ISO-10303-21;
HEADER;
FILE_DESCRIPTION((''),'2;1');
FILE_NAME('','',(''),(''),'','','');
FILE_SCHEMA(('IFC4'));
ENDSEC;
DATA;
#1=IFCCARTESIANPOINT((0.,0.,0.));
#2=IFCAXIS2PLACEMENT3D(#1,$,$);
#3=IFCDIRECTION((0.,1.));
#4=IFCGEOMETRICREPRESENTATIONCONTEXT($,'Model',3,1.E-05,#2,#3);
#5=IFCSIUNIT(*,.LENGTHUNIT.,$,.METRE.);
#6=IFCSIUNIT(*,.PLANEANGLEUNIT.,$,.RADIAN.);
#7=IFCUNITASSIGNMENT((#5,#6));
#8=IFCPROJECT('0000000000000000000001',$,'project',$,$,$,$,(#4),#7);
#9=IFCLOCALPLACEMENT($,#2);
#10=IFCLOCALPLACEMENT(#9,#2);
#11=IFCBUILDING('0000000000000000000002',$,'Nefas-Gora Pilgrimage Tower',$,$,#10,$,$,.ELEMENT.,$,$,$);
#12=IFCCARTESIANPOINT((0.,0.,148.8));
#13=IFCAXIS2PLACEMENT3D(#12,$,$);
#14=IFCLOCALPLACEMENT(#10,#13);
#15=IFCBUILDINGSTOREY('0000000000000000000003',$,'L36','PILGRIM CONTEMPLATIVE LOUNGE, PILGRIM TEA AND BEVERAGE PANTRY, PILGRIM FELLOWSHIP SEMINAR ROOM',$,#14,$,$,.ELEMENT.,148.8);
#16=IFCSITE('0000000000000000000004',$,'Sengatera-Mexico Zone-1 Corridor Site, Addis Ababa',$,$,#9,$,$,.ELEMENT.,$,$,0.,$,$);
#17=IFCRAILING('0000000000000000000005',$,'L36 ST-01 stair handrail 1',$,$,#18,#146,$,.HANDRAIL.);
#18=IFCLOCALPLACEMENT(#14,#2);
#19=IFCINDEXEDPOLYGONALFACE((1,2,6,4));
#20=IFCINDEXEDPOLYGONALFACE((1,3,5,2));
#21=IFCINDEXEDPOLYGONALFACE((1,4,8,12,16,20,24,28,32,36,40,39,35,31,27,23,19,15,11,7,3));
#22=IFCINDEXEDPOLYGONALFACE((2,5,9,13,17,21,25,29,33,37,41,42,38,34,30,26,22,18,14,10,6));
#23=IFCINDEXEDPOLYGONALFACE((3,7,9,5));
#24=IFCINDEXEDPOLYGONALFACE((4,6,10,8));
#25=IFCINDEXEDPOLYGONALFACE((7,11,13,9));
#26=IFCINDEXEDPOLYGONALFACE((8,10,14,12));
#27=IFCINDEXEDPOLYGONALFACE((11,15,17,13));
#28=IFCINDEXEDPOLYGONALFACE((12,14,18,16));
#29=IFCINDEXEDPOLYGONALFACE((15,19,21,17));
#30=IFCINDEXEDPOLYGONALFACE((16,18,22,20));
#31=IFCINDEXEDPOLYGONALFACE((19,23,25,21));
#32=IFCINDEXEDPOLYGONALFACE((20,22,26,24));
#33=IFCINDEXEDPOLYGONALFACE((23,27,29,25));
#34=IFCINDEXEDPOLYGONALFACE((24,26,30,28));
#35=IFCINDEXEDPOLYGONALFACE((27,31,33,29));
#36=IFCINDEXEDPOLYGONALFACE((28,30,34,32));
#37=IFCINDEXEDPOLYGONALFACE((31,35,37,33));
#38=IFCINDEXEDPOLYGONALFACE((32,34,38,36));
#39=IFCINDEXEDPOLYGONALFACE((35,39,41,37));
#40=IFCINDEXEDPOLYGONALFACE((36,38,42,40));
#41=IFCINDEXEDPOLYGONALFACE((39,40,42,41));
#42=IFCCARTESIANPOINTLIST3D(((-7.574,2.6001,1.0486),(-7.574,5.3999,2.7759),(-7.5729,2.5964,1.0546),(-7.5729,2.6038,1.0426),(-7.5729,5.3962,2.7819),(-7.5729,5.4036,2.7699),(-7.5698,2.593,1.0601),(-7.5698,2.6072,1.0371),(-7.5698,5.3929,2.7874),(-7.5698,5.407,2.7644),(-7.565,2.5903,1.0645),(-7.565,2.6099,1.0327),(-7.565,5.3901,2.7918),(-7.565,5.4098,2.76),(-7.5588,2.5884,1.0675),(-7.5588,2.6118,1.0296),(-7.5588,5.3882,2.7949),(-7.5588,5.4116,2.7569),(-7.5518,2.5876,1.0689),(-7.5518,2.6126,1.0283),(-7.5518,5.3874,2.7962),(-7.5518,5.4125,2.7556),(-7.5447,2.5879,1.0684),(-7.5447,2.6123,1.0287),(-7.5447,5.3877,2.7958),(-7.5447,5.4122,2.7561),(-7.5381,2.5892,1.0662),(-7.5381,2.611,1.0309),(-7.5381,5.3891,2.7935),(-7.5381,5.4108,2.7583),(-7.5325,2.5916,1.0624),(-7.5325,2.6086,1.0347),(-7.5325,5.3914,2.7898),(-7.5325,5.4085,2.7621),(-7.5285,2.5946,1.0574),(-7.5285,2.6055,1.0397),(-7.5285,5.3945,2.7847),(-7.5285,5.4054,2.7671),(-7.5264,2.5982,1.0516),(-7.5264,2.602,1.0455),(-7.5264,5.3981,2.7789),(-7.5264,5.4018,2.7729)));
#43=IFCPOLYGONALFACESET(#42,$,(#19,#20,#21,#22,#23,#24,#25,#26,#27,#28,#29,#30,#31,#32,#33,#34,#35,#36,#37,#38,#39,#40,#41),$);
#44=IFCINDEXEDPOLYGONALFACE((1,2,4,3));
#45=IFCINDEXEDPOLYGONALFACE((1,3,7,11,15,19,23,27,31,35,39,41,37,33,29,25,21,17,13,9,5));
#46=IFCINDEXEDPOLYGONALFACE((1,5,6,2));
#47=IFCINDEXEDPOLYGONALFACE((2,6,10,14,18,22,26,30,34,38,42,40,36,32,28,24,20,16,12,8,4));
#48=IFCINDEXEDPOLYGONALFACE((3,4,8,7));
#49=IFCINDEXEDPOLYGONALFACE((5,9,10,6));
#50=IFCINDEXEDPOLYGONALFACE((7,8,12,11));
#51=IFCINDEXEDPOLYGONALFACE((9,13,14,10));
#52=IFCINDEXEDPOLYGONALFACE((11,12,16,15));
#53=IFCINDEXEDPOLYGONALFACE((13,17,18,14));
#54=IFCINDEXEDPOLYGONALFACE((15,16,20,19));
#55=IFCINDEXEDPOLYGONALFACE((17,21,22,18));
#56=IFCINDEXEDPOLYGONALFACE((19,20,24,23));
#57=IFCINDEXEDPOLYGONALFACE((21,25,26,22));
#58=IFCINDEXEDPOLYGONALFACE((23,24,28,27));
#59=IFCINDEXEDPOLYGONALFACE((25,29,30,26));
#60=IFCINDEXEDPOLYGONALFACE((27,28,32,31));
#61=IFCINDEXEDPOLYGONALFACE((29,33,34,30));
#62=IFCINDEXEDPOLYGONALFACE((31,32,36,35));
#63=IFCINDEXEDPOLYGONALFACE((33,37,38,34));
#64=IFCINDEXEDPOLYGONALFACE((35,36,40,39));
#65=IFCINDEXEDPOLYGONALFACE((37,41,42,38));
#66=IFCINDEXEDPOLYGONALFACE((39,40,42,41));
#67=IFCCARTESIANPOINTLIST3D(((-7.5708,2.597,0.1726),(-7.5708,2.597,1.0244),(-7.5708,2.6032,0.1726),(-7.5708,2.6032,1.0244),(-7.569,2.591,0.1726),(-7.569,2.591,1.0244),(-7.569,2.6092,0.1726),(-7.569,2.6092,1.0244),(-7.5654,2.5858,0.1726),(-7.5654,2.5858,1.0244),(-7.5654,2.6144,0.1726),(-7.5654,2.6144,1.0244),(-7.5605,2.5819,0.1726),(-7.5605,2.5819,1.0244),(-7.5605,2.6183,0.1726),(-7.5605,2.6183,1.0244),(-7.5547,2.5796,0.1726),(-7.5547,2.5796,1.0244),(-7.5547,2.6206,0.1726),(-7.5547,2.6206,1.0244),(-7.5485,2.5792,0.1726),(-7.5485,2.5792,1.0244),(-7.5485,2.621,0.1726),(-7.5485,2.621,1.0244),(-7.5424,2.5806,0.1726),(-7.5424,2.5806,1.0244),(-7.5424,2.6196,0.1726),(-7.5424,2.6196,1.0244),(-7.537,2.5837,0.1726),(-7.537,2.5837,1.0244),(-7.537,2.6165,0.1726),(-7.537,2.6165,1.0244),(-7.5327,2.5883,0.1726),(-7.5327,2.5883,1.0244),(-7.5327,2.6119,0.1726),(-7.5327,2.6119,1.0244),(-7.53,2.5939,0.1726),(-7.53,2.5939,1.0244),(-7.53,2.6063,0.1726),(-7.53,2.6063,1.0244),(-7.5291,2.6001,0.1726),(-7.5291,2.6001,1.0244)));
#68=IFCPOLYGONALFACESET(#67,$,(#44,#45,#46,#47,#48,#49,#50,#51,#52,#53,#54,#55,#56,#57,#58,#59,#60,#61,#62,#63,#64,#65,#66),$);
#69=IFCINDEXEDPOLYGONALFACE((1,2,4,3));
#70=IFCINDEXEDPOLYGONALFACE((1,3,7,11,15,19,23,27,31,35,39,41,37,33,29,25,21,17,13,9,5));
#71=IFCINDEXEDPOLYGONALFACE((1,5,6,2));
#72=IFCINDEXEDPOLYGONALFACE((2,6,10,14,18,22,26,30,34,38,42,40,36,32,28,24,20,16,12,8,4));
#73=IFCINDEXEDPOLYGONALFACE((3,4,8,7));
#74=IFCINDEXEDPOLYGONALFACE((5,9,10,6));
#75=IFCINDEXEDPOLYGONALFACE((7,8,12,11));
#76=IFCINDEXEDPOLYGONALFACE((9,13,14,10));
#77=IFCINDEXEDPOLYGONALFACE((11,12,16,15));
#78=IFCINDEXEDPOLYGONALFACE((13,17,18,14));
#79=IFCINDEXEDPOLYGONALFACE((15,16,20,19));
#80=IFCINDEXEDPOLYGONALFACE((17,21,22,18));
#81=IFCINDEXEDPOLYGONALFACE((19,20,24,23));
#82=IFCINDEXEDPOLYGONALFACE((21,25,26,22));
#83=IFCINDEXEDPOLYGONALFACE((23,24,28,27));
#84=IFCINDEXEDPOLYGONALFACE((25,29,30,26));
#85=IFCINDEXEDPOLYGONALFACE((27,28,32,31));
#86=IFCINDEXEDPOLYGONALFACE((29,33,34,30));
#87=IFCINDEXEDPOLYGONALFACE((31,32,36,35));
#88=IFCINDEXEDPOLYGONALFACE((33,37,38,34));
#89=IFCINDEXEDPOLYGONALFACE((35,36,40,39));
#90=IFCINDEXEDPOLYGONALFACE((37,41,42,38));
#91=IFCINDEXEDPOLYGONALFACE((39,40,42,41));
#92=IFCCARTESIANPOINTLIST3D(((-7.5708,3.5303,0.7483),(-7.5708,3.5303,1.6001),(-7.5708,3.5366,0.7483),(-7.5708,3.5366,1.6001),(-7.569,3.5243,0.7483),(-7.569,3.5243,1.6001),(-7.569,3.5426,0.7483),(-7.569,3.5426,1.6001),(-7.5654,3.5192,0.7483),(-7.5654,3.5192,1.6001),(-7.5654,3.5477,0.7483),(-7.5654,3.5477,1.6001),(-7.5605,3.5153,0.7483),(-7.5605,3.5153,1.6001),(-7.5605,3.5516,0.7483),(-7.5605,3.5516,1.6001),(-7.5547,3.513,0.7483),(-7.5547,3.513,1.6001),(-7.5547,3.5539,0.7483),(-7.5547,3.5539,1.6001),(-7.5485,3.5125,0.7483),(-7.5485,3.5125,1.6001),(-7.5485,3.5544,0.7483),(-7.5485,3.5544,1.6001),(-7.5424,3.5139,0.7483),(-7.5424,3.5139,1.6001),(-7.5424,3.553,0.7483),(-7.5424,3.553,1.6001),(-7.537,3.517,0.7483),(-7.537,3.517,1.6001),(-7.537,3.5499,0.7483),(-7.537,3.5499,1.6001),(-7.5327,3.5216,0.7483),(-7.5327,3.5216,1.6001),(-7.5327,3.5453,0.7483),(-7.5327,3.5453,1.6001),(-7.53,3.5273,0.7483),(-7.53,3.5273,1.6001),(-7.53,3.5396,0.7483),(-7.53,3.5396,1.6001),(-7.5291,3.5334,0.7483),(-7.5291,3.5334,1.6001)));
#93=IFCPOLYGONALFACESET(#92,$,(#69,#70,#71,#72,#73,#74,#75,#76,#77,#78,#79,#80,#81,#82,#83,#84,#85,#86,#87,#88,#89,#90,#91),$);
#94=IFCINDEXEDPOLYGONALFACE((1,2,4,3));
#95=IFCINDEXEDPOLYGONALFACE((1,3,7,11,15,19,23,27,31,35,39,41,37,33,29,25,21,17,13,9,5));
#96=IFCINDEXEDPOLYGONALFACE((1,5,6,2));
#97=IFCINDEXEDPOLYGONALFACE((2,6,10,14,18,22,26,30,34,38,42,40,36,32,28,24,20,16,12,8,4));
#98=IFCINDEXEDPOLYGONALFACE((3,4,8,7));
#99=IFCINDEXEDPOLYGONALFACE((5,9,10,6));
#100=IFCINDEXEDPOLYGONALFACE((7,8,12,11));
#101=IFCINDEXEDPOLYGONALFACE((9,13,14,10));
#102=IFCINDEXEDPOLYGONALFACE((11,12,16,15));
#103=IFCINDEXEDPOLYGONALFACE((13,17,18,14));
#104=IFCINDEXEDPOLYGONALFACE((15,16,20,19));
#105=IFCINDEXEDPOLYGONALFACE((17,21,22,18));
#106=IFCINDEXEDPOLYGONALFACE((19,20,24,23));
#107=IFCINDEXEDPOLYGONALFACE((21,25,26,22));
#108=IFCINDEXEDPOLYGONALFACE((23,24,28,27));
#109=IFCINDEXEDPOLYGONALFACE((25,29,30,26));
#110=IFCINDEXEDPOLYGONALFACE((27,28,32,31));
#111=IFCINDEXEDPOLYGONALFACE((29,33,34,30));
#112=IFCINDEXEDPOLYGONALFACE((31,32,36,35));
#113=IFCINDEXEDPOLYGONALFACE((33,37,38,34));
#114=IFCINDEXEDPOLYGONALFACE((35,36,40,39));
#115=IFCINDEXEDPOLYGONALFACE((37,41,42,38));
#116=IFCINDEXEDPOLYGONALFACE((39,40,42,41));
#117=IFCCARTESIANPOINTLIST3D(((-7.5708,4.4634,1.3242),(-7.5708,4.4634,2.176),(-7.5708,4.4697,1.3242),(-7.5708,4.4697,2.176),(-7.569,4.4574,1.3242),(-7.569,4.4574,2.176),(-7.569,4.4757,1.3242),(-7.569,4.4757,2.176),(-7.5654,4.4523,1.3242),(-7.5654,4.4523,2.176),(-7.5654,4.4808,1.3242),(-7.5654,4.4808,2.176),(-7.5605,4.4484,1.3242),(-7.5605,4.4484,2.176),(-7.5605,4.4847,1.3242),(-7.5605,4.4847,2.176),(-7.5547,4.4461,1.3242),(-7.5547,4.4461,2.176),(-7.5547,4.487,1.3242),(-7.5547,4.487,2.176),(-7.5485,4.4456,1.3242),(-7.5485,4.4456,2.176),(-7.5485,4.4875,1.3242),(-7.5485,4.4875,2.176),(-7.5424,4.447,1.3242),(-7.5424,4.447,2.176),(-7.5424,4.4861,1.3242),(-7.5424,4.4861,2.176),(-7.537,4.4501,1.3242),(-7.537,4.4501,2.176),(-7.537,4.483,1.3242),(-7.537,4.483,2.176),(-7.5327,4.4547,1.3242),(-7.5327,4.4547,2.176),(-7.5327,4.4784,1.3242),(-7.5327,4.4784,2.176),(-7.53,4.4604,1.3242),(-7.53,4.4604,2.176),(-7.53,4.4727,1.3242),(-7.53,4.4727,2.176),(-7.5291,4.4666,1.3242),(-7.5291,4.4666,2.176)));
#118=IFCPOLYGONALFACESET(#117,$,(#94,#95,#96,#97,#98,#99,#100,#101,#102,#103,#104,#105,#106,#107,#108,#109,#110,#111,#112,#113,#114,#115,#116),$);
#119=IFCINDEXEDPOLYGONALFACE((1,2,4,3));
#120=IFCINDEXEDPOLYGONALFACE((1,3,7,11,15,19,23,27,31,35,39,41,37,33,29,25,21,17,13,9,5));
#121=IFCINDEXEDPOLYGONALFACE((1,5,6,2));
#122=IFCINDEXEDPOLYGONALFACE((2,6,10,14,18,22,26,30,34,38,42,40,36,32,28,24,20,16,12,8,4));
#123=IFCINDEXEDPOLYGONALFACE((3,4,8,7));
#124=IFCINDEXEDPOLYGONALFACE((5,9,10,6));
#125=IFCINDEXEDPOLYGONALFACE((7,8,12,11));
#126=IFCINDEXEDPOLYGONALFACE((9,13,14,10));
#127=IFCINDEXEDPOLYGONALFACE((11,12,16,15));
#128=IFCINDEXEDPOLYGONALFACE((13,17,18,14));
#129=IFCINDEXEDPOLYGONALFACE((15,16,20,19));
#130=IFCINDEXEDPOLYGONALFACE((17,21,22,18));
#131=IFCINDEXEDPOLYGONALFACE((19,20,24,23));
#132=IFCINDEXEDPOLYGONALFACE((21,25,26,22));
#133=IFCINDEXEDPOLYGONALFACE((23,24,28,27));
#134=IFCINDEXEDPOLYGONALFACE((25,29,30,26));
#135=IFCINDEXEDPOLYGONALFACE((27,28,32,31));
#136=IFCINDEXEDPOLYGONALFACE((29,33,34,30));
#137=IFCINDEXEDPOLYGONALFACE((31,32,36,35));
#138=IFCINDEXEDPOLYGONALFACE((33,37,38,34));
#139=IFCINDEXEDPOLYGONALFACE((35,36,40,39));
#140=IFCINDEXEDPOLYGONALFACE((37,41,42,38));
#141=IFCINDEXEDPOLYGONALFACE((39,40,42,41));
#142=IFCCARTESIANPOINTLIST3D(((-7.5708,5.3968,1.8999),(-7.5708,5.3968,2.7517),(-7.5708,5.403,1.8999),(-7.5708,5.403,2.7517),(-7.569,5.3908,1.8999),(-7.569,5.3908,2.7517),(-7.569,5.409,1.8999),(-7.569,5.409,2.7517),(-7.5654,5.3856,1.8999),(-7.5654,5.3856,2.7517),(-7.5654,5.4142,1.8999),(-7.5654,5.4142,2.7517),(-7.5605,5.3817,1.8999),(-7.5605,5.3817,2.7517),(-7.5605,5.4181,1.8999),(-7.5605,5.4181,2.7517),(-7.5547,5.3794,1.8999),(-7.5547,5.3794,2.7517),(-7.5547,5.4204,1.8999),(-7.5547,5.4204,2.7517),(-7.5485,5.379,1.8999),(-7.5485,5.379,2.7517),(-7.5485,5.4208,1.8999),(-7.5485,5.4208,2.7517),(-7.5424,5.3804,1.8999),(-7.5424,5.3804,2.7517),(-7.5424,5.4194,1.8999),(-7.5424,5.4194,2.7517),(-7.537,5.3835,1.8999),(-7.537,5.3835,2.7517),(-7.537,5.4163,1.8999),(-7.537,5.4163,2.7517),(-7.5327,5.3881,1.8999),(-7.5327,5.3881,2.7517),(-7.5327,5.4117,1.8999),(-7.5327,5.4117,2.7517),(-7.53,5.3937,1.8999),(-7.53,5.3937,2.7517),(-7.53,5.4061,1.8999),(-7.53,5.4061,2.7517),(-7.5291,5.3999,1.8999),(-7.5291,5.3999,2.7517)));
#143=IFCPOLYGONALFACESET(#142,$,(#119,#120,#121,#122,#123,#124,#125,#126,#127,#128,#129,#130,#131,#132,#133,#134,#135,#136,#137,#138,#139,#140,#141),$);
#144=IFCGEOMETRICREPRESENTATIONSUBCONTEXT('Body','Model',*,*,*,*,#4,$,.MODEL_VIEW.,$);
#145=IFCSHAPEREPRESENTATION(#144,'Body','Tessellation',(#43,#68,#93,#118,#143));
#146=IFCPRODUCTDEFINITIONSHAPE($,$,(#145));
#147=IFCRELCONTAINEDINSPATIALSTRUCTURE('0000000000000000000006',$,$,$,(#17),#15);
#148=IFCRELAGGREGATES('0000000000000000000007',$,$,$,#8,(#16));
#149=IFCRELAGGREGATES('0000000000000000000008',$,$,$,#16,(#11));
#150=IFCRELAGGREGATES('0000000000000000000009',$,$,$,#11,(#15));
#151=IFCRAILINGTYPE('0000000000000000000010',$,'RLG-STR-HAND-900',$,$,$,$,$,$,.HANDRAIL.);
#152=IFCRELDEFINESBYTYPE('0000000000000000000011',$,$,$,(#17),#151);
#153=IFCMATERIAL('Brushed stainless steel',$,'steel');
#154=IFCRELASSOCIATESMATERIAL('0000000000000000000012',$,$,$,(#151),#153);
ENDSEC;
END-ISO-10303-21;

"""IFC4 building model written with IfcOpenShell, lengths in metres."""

from ifc_helpers import new_model, si_unit, direction, frame, origin, origin_2d, place, context, subcontext, project, spatial, circle, extrude, material, type_object, element, save


model = new_model("IFC4")

# Units and contexts
model_context = context("Model", 3, precision=1e-05, world=origin(), true_north=direction((0.0, 1.0)))
body_context = subcontext(model_context, "Body", "Model", "MODEL_VIEW")
ifc_project = project(units=[si_unit("LENGTHUNIT", "METRE"), si_unit("PLANEANGLEUNIT", "RADIAN")], contexts=[model_context])

# Site, building, storey
site_placement = place(None, origin())
site = spatial("IfcSite", under=ifc_project, at=site_placement, Name="Sengatera-Mexico Zone-1 Corridor Site, Addis Ababa", CompositionType="ELEMENT", RefElevation=0.0)
building_placement = place(site_placement, origin())
building = spatial("IfcBuilding", under=site, at=building_placement, Name="Nefas-Gora Pilgrimage Tower", CompositionType="ELEMENT")
storey_placement = place(building_placement, frame((0.0, 0.0, 148.8)))
storey = spatial("IfcBuildingStorey", under=building, at=storey_placement, Name="L36", Description="PILGRIM CONTEMPLATIVE LOUNGE, PILGRIM TEA AND BEVERAGE PANTRY, PILGRIM FELLOWSHIP SEMINAR ROOM", CompositionType="ELEMENT", Elevation=148.8)

# Railing
ifc_material_1 = material(Name="Brushed stainless steel", Category="steel")
railing_type_1 = type_object("IfcRailingType", Name="RLG-STR-HAND-900", PredefinedType="HANDRAIL", material=ifc_material_1)
railing_1_placement = place(storey_placement, frame((-7.55, 2.6001, 0.1726)))
element("IfcRailing", 1, at=railing_1_placement, inside=storey, type_object=railing_type_1, Name="L36 ST-01 stair handrail 1", PredefinedType="HANDRAIL", context=body_context, shape_type="SweptSolid", body=[
    extrude(circle(Radius=0.0239, at=origin_2d()), frame((0.0, 0.0, 0.876), z_axis=(0.0, 0.851069, 0.525054), x_axis=(-1.0, 0.0, 0.0)), (0.0, 0.0, 1.0), 3.2898),
    extrude(circle(Radius=0.021, at=origin_2d()), origin(), (0.0, 0.0, 1.0), 0.8518),
    extrude(circle(Radius=0.021, at=origin_2d()), frame((0.0, 0.9333, 0.5757)), (0.0, 0.0, 1.0), 0.8518),
    extrude(circle(Radius=0.021, at=origin_2d()), frame((0.0, 1.8665, 1.1516)), (0.0, 0.0, 1.0), 0.8518),
    extrude(circle(Radius=0.021, at=origin_2d()), frame((0.0, 2.7998, 1.7273)), (0.0, 0.0, 1.0), 0.8518),
])

save(model, "model.ifc")
